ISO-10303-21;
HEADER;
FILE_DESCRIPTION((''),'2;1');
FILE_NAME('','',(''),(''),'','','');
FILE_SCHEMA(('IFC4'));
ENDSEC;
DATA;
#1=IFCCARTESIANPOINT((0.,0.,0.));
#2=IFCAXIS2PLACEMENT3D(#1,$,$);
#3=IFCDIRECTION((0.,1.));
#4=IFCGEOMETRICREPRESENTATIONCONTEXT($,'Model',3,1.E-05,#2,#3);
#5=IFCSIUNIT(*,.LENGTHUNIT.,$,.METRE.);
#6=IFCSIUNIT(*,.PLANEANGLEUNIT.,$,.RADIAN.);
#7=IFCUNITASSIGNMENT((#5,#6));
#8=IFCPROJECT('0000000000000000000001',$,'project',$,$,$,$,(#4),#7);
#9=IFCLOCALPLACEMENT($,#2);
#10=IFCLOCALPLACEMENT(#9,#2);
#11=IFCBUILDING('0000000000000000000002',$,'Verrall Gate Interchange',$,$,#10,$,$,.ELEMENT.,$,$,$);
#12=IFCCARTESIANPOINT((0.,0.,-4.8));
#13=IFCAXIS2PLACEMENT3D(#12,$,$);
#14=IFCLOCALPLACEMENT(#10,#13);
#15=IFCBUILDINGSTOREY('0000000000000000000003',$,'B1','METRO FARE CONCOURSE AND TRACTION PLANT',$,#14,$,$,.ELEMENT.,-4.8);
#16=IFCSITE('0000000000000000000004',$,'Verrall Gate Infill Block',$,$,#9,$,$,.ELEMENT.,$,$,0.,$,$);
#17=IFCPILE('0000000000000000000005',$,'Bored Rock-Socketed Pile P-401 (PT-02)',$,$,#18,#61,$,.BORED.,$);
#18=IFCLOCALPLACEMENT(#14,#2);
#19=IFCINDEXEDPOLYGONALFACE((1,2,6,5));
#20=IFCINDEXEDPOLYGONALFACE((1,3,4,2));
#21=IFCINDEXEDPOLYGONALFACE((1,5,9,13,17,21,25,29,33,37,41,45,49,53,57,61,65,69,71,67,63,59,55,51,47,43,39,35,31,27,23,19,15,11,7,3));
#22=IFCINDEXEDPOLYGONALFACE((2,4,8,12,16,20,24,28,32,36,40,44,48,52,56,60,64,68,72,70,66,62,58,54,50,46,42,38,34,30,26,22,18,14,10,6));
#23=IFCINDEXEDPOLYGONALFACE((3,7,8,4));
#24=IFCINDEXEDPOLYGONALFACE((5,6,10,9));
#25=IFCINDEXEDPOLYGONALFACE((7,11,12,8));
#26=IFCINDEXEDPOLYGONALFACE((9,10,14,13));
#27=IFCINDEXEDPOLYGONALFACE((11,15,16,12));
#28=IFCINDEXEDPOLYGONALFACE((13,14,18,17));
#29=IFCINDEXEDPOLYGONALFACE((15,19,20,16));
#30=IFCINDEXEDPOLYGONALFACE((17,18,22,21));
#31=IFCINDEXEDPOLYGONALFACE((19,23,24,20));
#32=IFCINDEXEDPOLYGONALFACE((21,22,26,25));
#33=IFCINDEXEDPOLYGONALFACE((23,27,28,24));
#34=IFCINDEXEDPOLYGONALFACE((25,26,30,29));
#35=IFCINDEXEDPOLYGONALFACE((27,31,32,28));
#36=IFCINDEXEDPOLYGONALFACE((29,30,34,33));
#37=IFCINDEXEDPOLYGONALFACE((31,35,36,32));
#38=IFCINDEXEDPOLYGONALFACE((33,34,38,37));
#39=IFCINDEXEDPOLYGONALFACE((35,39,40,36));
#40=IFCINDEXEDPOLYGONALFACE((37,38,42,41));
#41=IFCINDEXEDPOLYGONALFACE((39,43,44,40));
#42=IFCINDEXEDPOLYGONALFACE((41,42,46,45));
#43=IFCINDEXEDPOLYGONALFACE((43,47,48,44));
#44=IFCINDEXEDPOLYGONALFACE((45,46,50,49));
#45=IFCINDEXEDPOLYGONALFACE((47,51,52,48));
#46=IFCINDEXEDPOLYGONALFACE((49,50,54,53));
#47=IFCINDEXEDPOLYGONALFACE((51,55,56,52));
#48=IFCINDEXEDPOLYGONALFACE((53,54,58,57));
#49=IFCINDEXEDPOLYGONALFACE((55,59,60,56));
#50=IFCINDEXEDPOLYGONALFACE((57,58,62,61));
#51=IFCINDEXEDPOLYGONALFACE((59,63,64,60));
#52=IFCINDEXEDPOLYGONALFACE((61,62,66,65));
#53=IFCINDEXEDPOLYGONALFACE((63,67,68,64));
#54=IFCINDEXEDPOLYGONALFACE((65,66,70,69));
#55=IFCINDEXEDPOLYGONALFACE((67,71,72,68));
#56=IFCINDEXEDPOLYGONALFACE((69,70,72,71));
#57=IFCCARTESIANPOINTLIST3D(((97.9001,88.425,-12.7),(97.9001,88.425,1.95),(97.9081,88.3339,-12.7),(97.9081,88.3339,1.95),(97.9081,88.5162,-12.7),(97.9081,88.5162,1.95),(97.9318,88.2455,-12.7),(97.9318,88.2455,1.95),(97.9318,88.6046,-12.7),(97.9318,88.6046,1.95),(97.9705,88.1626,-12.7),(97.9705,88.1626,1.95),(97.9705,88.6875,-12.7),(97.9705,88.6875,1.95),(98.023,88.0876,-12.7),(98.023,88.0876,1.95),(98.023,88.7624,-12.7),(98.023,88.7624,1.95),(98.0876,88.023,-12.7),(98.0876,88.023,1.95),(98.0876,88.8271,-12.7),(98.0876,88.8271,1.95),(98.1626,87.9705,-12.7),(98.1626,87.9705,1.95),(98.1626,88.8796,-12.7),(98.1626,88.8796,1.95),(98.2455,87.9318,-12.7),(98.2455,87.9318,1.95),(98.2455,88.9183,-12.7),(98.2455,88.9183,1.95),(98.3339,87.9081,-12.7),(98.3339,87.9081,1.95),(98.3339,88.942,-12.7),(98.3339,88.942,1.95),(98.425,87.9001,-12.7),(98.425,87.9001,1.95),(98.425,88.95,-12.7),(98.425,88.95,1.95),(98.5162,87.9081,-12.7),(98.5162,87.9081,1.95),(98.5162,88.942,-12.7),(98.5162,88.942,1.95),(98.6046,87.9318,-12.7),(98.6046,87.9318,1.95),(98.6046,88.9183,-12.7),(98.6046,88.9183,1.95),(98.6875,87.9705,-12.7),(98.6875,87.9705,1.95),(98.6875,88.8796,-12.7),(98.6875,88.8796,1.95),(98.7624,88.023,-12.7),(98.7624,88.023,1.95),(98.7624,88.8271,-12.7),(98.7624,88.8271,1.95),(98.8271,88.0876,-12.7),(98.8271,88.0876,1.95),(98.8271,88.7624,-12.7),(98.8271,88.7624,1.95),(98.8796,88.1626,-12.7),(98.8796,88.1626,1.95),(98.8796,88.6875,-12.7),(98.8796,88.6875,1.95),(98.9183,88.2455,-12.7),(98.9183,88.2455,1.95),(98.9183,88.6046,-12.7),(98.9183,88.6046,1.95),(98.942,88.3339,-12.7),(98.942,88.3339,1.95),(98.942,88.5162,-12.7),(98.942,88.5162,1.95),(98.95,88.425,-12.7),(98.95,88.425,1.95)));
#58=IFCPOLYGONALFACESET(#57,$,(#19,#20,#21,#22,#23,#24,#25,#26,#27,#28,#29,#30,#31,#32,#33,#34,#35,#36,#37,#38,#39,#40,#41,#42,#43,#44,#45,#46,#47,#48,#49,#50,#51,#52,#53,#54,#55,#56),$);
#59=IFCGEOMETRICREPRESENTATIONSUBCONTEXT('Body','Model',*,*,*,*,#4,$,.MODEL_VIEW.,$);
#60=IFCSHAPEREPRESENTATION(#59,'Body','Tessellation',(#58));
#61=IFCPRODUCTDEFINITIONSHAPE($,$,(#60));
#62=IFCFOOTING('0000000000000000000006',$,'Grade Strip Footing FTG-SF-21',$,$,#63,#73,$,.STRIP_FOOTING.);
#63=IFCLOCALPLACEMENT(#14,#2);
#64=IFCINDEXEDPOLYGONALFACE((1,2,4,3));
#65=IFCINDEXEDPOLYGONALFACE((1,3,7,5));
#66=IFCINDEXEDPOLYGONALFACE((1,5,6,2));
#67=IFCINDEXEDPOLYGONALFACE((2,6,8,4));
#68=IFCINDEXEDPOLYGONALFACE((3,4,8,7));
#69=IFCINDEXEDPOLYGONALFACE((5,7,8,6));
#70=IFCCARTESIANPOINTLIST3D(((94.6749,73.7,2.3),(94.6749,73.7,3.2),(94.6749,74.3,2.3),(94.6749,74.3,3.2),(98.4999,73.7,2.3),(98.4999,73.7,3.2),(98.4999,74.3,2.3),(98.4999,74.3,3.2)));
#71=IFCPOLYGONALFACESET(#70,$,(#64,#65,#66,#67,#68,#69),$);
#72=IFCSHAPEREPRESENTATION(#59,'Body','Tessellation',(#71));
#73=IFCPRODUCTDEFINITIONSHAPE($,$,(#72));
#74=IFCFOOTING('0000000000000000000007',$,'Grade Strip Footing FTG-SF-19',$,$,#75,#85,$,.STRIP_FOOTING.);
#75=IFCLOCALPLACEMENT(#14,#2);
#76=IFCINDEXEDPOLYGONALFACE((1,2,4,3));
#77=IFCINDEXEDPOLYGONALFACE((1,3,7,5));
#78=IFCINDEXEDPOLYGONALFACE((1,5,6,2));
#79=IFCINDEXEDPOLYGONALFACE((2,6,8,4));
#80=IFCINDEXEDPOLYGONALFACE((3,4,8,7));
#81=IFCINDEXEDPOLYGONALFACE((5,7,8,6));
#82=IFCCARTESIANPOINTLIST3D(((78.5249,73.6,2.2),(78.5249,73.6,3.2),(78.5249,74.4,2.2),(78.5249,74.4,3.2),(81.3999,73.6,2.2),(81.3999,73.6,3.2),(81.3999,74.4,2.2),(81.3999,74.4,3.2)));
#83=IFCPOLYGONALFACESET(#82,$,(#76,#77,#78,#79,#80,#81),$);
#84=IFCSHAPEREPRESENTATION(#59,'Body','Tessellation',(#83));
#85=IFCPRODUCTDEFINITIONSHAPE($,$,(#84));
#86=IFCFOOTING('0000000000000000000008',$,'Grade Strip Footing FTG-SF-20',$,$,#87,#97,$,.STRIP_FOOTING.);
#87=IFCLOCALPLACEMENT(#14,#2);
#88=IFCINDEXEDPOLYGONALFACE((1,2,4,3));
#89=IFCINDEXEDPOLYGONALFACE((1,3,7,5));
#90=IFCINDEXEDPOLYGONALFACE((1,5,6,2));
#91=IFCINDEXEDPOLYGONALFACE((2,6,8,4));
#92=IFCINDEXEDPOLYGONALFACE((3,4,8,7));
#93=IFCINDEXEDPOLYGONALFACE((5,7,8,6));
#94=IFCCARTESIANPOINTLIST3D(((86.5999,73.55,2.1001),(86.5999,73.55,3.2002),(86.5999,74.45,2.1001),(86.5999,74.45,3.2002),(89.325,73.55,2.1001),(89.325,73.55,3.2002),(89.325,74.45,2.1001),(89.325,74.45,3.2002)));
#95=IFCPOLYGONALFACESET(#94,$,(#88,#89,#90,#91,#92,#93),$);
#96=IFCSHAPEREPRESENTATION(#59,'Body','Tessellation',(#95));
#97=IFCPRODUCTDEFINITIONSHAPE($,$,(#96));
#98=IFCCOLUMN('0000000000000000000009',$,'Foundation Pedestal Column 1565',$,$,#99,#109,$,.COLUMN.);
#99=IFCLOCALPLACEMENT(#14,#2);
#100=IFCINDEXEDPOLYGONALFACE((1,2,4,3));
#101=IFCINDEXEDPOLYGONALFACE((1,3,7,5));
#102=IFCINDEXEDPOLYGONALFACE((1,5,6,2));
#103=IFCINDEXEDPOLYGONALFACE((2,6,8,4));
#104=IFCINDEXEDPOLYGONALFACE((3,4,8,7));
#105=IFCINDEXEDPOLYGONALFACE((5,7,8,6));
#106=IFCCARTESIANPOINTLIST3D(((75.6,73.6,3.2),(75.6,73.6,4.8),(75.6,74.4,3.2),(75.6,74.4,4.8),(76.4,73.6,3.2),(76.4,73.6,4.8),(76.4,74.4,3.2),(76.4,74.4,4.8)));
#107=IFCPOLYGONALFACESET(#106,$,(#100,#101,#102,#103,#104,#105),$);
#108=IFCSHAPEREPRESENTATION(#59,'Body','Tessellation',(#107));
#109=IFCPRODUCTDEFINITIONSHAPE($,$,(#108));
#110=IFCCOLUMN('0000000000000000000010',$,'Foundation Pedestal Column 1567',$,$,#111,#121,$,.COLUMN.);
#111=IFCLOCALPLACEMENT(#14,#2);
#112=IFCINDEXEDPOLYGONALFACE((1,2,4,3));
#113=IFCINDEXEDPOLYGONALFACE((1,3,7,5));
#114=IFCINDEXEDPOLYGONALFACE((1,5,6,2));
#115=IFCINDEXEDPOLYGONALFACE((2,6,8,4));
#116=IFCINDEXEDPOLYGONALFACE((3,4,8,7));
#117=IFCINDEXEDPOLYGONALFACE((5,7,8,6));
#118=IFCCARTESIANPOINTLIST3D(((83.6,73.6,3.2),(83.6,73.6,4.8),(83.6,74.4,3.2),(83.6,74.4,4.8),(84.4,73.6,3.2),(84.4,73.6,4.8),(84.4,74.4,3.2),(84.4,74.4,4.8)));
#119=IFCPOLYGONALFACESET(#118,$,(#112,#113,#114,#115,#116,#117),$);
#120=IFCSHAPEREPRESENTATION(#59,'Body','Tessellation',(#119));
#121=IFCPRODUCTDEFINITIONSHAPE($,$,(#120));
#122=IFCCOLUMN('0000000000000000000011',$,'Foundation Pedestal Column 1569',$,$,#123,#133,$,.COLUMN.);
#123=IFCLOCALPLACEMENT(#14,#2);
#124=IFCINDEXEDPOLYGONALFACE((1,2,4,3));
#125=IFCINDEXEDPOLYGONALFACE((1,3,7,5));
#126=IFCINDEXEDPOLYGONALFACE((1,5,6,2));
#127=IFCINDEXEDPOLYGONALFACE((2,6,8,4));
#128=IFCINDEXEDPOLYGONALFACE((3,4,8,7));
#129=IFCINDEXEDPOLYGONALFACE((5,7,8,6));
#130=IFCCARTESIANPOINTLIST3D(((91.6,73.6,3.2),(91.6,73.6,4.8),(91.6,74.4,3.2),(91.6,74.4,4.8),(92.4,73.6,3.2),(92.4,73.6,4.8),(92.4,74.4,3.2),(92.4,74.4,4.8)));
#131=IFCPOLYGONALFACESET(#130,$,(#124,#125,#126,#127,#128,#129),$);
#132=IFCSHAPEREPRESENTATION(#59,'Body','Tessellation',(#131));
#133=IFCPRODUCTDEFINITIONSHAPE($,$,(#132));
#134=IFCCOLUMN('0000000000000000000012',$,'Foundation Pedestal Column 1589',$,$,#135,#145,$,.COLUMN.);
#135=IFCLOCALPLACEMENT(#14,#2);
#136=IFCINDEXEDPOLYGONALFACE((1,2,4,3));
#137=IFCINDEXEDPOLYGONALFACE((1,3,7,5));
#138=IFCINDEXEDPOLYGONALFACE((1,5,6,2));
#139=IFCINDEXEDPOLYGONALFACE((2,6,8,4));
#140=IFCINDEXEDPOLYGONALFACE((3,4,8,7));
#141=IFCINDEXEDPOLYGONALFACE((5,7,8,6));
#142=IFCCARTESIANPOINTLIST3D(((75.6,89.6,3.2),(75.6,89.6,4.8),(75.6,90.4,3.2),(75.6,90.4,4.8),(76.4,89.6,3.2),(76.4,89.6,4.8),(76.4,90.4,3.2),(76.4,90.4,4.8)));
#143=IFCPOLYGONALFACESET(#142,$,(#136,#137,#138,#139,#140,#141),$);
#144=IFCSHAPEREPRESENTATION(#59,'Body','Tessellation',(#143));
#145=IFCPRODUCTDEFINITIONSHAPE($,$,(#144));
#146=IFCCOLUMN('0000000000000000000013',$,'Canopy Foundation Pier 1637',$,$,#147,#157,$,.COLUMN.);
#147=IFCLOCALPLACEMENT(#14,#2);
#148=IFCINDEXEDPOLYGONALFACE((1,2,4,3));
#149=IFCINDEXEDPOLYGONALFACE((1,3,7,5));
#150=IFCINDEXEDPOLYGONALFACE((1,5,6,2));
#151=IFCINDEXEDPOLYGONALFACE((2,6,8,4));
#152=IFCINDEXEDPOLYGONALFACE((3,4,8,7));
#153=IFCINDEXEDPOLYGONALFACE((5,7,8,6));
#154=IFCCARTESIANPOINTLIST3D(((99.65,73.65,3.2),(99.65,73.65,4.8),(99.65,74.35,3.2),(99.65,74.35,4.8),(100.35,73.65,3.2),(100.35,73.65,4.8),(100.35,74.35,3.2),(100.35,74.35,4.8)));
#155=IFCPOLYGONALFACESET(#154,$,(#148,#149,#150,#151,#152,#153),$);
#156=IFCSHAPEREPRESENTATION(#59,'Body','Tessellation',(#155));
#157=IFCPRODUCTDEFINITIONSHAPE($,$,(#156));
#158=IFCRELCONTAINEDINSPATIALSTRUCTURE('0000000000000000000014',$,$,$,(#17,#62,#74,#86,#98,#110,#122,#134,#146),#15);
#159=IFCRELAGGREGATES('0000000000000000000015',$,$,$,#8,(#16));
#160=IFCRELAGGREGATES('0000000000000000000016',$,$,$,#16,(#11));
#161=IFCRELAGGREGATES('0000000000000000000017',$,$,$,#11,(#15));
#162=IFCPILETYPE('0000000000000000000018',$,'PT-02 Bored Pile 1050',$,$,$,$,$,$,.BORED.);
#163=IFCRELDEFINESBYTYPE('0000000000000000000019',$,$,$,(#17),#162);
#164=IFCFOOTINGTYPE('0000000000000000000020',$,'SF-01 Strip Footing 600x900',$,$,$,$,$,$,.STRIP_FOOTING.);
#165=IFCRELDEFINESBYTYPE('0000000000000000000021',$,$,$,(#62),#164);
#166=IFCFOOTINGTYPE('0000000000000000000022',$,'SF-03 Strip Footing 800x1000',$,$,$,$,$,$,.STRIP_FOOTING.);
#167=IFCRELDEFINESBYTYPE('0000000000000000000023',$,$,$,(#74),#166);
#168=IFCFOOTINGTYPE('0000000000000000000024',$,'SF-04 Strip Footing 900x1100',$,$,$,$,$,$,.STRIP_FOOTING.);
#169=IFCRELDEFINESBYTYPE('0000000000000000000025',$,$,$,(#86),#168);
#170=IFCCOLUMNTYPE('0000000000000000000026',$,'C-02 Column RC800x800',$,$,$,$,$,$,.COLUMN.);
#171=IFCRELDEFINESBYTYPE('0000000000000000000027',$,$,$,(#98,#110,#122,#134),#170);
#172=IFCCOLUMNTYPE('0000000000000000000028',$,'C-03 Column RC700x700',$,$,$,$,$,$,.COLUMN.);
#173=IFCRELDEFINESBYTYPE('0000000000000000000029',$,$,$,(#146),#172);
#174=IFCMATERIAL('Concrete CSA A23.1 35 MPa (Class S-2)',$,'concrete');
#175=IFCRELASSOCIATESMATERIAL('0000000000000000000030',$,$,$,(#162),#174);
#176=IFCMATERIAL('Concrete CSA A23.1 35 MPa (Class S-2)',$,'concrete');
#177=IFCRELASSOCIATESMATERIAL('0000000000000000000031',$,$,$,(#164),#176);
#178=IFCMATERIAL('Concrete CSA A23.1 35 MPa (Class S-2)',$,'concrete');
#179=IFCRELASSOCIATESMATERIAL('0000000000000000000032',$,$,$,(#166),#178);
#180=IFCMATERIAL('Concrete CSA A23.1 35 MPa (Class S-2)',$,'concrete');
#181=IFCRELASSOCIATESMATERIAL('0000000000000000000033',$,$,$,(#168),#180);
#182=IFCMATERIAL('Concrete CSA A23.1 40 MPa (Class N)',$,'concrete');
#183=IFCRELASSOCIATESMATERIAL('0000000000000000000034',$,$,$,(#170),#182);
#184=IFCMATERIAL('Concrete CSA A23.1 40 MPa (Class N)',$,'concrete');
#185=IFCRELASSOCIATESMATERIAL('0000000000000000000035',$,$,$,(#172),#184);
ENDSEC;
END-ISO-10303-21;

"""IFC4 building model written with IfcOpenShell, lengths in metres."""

from ifc_helpers import new_model, si_unit, direction, frame, origin, origin_2d, place, context, subcontext, project, spatial, rectangle, circle, extrude, material, material_profile, profile_set, type_object, element, save


model = new_model("IFC4")

# Units and contexts
model_context = context("Model", 3, precision=1e-05, world=origin(), true_north=direction((0.0, 1.0)))
body_context = subcontext(model_context, "Body", "Model", "MODEL_VIEW")
ifc_project = project(units=[si_unit("LENGTHUNIT", "METRE"), si_unit("PLANEANGLEUNIT", "RADIAN")], contexts=[model_context])

# Site, building, storey
site_placement = place(None, origin())
site = spatial("IfcSite", under=ifc_project, at=site_placement, Name="Verrall Gate Infill Block", CompositionType="ELEMENT", RefElevation=0.0)
building_placement = place(site_placement, origin())
building = spatial("IfcBuilding", under=site, at=building_placement, Name="Verrall Gate Interchange", CompositionType="ELEMENT")
storey_placement = place(building_placement, frame((0.0, 0.0, -4.8)))
storey = spatial("IfcBuildingStorey", under=building, at=storey_placement, Name="B1", Description="METRO FARE CONCOURSE AND TRACTION PLANT", CompositionType="ELEMENT", Elevation=-4.8)

# Pile
ifc_material_1 = material(Name="Concrete CSA A23.1 35 MPa (Class S-2)", Category="concrete")
ifc_material_profile_1 = material_profile(ifc_material_1, circle(Radius=0.5249, at=origin_2d()), Name="PILE1050D")
ifc_profile_set_1 = profile_set([ifc_material_profile_1], Name="Concrete CSA A23.1 35 MPa (Class S-2)")
pile_type = type_object("IfcPileType", Name="PT-02 Bored Pile 1050", PredefinedType="BORED", material=ifc_profile_set_1)
pile_1_placement = place(storey_placement, frame((98.425, 88.425, 1.95), z_axis=(0.0, 0.0, -1.0), x_axis=(1.0, 0.0, 0.0)))
element("IfcPile", 1, at=pile_1_placement, inside=storey, type_object=pile_type, Name="Bored Rock-Socketed Pile P-401 (PT-02)", PredefinedType="BORED", context=body_context, shape_type="SweptSolid", body=[
    extrude(circle(Radius=0.5249, at=origin_2d()), origin(), (0.0, 0.0, 1.0), 14.6499),
])

# Footings
ifc_material_2 = material(Name="Concrete CSA A23.1 35 MPa (Class S-2)", Category="concrete")
footing_type_1 = type_object("IfcFootingType", Name="SF-01 Strip Footing 600x900", PredefinedType="STRIP_FOOTING", material=ifc_material_2)
footing_1_placement = place(storey_placement, frame((96.5874, 74.0, 2.3), z_axis=(0.0, 0.0, 1.0), x_axis=(1.0, 0.0, 0.0)))
element("IfcFooting", 2, at=footing_1_placement, inside=storey, type_object=footing_type_1, Name="Grade Strip Footing FTG-SF-21", PredefinedType="STRIP_FOOTING", context=body_context, shape_type="SweptSolid", body=[
    extrude(rectangle(XDim=3.825, YDim=0.6001, at=origin_2d()), origin(), (0.0, 0.0, 1.0), 0.8999),
])
ifc_material_3 = material(Name="Concrete CSA A23.1 35 MPa (Class S-2)", Category="concrete")
footing_type_2 = type_object("IfcFootingType", Name="SF-03 Strip Footing 800x1000", PredefinedType="STRIP_FOOTING", material=ifc_material_3)
footing_2_placement = place(storey_placement, frame((79.9624, 74.0, 2.2), z_axis=(0.0, 0.0, 1.0), x_axis=(1.0, 0.0, 0.0)))
element("IfcFooting", 3, at=footing_2_placement, inside=storey, type_object=footing_type_2, Name="Grade Strip Footing FTG-SF-19", PredefinedType="STRIP_FOOTING", context=body_context, shape_type="SweptSolid", body=[
    extrude(rectangle(XDim=2.875, YDim=0.8, at=origin_2d()), origin(), (0.0, 0.0, 1.0), 1.0),
])
ifc_material_4 = material(Name="Concrete CSA A23.1 35 MPa (Class S-2)", Category="concrete")
footing_type_3 = type_object("IfcFootingType", Name="SF-04 Strip Footing 900x1100", PredefinedType="STRIP_FOOTING", material=ifc_material_4)
footing_3_placement = place(storey_placement, frame((87.9624, 74.0, 2.1001), z_axis=(0.0, 0.0, 1.0), x_axis=(1.0, 0.0, 0.0)))
element("IfcFooting", 4, at=footing_3_placement, inside=storey, type_object=footing_type_3, Name="Grade Strip Footing FTG-SF-20", PredefinedType="STRIP_FOOTING", context=body_context, shape_type="SweptSolid", body=[
    extrude(rectangle(XDim=2.7251, YDim=0.8999, at=origin_2d()), origin(), (0.0, 0.0, 1.0), 1.1001),
])

# Columns
ifc_material_5 = material(Name="Concrete CSA A23.1 40 MPa (Class N)", Category="concrete")
ifc_material_profile_2 = material_profile(ifc_material_5, rectangle(XDim=0.8, YDim=0.8, at=origin_2d()), Name="RC800x800")
ifc_profile_set_2 = profile_set([ifc_material_profile_2], Name="Concrete CSA A23.1 40 MPa (Class N)")
column_type_1 = type_object("IfcColumnType", Name="C-02 Column RC800x800", PredefinedType="COLUMN", material=ifc_profile_set_2)
for number, where, z_axis, x_axis, name in (
    (5, (76.0, 74.0, 3.2), (0.0, 0.0, 1.0), (1.0, 0.0, 0.0), "Foundation Pedestal Column 1565"),
    (6, (84.0, 74.0, 3.2), (0.0, 0.0, 1.0), (1.0, 0.0, 0.0), "Foundation Pedestal Column 1567"),
    (7, (92.0, 74.0, 3.2), (0.0, 0.0, 1.0), (1.0, 0.0, 0.0), "Foundation Pedestal Column 1569"),
    (8, (76.0, 90.0, 3.2), (0.0, 0.0, 1.0), (1.0, 0.0, 0.0), "Foundation Pedestal Column 1589"),
):
    element("IfcColumn", number, at=place(storey_placement, frame(where, z_axis=z_axis, x_axis=x_axis)), inside=storey, type_object=column_type_1, Name=name, PredefinedType="COLUMN", context=body_context, shape_type="SweptSolid", body=[
        extrude(rectangle(XDim=0.8, YDim=0.8, at=origin_2d()), origin(), (0.0, 0.0, 1.0), 1.6001),
    ])
ifc_material_6 = material(Name="Concrete CSA A23.1 40 MPa (Class N)", Category="concrete")
ifc_material_profile_3 = material_profile(ifc_material_6, rectangle(XDim=0.7, YDim=0.7, at=origin_2d()), Name="RC700x700")
ifc_profile_set_3 = profile_set([ifc_material_profile_3], Name="Concrete CSA A23.1 40 MPa (Class N)")
column_type_2 = type_object("IfcColumnType", Name="C-03 Column RC700x700", PredefinedType="COLUMN", material=ifc_profile_set_3)
column_placement = place(storey_placement, frame((100.0, 74.0, 3.2), z_axis=(0.0, 0.0, 1.0), x_axis=(1.0, 0.0, 0.0)))
element("IfcColumn", 9, at=column_placement, inside=storey, type_object=column_type_2, Name="Canopy Foundation Pier 1637", PredefinedType="COLUMN", context=body_context, shape_type="SweptSolid", body=[
    extrude(rectangle(XDim=0.7, YDim=0.7, at=origin_2d()), origin(), (0.0, 0.0, 1.0), 1.6001),
])

save(model, "model.ifc")
